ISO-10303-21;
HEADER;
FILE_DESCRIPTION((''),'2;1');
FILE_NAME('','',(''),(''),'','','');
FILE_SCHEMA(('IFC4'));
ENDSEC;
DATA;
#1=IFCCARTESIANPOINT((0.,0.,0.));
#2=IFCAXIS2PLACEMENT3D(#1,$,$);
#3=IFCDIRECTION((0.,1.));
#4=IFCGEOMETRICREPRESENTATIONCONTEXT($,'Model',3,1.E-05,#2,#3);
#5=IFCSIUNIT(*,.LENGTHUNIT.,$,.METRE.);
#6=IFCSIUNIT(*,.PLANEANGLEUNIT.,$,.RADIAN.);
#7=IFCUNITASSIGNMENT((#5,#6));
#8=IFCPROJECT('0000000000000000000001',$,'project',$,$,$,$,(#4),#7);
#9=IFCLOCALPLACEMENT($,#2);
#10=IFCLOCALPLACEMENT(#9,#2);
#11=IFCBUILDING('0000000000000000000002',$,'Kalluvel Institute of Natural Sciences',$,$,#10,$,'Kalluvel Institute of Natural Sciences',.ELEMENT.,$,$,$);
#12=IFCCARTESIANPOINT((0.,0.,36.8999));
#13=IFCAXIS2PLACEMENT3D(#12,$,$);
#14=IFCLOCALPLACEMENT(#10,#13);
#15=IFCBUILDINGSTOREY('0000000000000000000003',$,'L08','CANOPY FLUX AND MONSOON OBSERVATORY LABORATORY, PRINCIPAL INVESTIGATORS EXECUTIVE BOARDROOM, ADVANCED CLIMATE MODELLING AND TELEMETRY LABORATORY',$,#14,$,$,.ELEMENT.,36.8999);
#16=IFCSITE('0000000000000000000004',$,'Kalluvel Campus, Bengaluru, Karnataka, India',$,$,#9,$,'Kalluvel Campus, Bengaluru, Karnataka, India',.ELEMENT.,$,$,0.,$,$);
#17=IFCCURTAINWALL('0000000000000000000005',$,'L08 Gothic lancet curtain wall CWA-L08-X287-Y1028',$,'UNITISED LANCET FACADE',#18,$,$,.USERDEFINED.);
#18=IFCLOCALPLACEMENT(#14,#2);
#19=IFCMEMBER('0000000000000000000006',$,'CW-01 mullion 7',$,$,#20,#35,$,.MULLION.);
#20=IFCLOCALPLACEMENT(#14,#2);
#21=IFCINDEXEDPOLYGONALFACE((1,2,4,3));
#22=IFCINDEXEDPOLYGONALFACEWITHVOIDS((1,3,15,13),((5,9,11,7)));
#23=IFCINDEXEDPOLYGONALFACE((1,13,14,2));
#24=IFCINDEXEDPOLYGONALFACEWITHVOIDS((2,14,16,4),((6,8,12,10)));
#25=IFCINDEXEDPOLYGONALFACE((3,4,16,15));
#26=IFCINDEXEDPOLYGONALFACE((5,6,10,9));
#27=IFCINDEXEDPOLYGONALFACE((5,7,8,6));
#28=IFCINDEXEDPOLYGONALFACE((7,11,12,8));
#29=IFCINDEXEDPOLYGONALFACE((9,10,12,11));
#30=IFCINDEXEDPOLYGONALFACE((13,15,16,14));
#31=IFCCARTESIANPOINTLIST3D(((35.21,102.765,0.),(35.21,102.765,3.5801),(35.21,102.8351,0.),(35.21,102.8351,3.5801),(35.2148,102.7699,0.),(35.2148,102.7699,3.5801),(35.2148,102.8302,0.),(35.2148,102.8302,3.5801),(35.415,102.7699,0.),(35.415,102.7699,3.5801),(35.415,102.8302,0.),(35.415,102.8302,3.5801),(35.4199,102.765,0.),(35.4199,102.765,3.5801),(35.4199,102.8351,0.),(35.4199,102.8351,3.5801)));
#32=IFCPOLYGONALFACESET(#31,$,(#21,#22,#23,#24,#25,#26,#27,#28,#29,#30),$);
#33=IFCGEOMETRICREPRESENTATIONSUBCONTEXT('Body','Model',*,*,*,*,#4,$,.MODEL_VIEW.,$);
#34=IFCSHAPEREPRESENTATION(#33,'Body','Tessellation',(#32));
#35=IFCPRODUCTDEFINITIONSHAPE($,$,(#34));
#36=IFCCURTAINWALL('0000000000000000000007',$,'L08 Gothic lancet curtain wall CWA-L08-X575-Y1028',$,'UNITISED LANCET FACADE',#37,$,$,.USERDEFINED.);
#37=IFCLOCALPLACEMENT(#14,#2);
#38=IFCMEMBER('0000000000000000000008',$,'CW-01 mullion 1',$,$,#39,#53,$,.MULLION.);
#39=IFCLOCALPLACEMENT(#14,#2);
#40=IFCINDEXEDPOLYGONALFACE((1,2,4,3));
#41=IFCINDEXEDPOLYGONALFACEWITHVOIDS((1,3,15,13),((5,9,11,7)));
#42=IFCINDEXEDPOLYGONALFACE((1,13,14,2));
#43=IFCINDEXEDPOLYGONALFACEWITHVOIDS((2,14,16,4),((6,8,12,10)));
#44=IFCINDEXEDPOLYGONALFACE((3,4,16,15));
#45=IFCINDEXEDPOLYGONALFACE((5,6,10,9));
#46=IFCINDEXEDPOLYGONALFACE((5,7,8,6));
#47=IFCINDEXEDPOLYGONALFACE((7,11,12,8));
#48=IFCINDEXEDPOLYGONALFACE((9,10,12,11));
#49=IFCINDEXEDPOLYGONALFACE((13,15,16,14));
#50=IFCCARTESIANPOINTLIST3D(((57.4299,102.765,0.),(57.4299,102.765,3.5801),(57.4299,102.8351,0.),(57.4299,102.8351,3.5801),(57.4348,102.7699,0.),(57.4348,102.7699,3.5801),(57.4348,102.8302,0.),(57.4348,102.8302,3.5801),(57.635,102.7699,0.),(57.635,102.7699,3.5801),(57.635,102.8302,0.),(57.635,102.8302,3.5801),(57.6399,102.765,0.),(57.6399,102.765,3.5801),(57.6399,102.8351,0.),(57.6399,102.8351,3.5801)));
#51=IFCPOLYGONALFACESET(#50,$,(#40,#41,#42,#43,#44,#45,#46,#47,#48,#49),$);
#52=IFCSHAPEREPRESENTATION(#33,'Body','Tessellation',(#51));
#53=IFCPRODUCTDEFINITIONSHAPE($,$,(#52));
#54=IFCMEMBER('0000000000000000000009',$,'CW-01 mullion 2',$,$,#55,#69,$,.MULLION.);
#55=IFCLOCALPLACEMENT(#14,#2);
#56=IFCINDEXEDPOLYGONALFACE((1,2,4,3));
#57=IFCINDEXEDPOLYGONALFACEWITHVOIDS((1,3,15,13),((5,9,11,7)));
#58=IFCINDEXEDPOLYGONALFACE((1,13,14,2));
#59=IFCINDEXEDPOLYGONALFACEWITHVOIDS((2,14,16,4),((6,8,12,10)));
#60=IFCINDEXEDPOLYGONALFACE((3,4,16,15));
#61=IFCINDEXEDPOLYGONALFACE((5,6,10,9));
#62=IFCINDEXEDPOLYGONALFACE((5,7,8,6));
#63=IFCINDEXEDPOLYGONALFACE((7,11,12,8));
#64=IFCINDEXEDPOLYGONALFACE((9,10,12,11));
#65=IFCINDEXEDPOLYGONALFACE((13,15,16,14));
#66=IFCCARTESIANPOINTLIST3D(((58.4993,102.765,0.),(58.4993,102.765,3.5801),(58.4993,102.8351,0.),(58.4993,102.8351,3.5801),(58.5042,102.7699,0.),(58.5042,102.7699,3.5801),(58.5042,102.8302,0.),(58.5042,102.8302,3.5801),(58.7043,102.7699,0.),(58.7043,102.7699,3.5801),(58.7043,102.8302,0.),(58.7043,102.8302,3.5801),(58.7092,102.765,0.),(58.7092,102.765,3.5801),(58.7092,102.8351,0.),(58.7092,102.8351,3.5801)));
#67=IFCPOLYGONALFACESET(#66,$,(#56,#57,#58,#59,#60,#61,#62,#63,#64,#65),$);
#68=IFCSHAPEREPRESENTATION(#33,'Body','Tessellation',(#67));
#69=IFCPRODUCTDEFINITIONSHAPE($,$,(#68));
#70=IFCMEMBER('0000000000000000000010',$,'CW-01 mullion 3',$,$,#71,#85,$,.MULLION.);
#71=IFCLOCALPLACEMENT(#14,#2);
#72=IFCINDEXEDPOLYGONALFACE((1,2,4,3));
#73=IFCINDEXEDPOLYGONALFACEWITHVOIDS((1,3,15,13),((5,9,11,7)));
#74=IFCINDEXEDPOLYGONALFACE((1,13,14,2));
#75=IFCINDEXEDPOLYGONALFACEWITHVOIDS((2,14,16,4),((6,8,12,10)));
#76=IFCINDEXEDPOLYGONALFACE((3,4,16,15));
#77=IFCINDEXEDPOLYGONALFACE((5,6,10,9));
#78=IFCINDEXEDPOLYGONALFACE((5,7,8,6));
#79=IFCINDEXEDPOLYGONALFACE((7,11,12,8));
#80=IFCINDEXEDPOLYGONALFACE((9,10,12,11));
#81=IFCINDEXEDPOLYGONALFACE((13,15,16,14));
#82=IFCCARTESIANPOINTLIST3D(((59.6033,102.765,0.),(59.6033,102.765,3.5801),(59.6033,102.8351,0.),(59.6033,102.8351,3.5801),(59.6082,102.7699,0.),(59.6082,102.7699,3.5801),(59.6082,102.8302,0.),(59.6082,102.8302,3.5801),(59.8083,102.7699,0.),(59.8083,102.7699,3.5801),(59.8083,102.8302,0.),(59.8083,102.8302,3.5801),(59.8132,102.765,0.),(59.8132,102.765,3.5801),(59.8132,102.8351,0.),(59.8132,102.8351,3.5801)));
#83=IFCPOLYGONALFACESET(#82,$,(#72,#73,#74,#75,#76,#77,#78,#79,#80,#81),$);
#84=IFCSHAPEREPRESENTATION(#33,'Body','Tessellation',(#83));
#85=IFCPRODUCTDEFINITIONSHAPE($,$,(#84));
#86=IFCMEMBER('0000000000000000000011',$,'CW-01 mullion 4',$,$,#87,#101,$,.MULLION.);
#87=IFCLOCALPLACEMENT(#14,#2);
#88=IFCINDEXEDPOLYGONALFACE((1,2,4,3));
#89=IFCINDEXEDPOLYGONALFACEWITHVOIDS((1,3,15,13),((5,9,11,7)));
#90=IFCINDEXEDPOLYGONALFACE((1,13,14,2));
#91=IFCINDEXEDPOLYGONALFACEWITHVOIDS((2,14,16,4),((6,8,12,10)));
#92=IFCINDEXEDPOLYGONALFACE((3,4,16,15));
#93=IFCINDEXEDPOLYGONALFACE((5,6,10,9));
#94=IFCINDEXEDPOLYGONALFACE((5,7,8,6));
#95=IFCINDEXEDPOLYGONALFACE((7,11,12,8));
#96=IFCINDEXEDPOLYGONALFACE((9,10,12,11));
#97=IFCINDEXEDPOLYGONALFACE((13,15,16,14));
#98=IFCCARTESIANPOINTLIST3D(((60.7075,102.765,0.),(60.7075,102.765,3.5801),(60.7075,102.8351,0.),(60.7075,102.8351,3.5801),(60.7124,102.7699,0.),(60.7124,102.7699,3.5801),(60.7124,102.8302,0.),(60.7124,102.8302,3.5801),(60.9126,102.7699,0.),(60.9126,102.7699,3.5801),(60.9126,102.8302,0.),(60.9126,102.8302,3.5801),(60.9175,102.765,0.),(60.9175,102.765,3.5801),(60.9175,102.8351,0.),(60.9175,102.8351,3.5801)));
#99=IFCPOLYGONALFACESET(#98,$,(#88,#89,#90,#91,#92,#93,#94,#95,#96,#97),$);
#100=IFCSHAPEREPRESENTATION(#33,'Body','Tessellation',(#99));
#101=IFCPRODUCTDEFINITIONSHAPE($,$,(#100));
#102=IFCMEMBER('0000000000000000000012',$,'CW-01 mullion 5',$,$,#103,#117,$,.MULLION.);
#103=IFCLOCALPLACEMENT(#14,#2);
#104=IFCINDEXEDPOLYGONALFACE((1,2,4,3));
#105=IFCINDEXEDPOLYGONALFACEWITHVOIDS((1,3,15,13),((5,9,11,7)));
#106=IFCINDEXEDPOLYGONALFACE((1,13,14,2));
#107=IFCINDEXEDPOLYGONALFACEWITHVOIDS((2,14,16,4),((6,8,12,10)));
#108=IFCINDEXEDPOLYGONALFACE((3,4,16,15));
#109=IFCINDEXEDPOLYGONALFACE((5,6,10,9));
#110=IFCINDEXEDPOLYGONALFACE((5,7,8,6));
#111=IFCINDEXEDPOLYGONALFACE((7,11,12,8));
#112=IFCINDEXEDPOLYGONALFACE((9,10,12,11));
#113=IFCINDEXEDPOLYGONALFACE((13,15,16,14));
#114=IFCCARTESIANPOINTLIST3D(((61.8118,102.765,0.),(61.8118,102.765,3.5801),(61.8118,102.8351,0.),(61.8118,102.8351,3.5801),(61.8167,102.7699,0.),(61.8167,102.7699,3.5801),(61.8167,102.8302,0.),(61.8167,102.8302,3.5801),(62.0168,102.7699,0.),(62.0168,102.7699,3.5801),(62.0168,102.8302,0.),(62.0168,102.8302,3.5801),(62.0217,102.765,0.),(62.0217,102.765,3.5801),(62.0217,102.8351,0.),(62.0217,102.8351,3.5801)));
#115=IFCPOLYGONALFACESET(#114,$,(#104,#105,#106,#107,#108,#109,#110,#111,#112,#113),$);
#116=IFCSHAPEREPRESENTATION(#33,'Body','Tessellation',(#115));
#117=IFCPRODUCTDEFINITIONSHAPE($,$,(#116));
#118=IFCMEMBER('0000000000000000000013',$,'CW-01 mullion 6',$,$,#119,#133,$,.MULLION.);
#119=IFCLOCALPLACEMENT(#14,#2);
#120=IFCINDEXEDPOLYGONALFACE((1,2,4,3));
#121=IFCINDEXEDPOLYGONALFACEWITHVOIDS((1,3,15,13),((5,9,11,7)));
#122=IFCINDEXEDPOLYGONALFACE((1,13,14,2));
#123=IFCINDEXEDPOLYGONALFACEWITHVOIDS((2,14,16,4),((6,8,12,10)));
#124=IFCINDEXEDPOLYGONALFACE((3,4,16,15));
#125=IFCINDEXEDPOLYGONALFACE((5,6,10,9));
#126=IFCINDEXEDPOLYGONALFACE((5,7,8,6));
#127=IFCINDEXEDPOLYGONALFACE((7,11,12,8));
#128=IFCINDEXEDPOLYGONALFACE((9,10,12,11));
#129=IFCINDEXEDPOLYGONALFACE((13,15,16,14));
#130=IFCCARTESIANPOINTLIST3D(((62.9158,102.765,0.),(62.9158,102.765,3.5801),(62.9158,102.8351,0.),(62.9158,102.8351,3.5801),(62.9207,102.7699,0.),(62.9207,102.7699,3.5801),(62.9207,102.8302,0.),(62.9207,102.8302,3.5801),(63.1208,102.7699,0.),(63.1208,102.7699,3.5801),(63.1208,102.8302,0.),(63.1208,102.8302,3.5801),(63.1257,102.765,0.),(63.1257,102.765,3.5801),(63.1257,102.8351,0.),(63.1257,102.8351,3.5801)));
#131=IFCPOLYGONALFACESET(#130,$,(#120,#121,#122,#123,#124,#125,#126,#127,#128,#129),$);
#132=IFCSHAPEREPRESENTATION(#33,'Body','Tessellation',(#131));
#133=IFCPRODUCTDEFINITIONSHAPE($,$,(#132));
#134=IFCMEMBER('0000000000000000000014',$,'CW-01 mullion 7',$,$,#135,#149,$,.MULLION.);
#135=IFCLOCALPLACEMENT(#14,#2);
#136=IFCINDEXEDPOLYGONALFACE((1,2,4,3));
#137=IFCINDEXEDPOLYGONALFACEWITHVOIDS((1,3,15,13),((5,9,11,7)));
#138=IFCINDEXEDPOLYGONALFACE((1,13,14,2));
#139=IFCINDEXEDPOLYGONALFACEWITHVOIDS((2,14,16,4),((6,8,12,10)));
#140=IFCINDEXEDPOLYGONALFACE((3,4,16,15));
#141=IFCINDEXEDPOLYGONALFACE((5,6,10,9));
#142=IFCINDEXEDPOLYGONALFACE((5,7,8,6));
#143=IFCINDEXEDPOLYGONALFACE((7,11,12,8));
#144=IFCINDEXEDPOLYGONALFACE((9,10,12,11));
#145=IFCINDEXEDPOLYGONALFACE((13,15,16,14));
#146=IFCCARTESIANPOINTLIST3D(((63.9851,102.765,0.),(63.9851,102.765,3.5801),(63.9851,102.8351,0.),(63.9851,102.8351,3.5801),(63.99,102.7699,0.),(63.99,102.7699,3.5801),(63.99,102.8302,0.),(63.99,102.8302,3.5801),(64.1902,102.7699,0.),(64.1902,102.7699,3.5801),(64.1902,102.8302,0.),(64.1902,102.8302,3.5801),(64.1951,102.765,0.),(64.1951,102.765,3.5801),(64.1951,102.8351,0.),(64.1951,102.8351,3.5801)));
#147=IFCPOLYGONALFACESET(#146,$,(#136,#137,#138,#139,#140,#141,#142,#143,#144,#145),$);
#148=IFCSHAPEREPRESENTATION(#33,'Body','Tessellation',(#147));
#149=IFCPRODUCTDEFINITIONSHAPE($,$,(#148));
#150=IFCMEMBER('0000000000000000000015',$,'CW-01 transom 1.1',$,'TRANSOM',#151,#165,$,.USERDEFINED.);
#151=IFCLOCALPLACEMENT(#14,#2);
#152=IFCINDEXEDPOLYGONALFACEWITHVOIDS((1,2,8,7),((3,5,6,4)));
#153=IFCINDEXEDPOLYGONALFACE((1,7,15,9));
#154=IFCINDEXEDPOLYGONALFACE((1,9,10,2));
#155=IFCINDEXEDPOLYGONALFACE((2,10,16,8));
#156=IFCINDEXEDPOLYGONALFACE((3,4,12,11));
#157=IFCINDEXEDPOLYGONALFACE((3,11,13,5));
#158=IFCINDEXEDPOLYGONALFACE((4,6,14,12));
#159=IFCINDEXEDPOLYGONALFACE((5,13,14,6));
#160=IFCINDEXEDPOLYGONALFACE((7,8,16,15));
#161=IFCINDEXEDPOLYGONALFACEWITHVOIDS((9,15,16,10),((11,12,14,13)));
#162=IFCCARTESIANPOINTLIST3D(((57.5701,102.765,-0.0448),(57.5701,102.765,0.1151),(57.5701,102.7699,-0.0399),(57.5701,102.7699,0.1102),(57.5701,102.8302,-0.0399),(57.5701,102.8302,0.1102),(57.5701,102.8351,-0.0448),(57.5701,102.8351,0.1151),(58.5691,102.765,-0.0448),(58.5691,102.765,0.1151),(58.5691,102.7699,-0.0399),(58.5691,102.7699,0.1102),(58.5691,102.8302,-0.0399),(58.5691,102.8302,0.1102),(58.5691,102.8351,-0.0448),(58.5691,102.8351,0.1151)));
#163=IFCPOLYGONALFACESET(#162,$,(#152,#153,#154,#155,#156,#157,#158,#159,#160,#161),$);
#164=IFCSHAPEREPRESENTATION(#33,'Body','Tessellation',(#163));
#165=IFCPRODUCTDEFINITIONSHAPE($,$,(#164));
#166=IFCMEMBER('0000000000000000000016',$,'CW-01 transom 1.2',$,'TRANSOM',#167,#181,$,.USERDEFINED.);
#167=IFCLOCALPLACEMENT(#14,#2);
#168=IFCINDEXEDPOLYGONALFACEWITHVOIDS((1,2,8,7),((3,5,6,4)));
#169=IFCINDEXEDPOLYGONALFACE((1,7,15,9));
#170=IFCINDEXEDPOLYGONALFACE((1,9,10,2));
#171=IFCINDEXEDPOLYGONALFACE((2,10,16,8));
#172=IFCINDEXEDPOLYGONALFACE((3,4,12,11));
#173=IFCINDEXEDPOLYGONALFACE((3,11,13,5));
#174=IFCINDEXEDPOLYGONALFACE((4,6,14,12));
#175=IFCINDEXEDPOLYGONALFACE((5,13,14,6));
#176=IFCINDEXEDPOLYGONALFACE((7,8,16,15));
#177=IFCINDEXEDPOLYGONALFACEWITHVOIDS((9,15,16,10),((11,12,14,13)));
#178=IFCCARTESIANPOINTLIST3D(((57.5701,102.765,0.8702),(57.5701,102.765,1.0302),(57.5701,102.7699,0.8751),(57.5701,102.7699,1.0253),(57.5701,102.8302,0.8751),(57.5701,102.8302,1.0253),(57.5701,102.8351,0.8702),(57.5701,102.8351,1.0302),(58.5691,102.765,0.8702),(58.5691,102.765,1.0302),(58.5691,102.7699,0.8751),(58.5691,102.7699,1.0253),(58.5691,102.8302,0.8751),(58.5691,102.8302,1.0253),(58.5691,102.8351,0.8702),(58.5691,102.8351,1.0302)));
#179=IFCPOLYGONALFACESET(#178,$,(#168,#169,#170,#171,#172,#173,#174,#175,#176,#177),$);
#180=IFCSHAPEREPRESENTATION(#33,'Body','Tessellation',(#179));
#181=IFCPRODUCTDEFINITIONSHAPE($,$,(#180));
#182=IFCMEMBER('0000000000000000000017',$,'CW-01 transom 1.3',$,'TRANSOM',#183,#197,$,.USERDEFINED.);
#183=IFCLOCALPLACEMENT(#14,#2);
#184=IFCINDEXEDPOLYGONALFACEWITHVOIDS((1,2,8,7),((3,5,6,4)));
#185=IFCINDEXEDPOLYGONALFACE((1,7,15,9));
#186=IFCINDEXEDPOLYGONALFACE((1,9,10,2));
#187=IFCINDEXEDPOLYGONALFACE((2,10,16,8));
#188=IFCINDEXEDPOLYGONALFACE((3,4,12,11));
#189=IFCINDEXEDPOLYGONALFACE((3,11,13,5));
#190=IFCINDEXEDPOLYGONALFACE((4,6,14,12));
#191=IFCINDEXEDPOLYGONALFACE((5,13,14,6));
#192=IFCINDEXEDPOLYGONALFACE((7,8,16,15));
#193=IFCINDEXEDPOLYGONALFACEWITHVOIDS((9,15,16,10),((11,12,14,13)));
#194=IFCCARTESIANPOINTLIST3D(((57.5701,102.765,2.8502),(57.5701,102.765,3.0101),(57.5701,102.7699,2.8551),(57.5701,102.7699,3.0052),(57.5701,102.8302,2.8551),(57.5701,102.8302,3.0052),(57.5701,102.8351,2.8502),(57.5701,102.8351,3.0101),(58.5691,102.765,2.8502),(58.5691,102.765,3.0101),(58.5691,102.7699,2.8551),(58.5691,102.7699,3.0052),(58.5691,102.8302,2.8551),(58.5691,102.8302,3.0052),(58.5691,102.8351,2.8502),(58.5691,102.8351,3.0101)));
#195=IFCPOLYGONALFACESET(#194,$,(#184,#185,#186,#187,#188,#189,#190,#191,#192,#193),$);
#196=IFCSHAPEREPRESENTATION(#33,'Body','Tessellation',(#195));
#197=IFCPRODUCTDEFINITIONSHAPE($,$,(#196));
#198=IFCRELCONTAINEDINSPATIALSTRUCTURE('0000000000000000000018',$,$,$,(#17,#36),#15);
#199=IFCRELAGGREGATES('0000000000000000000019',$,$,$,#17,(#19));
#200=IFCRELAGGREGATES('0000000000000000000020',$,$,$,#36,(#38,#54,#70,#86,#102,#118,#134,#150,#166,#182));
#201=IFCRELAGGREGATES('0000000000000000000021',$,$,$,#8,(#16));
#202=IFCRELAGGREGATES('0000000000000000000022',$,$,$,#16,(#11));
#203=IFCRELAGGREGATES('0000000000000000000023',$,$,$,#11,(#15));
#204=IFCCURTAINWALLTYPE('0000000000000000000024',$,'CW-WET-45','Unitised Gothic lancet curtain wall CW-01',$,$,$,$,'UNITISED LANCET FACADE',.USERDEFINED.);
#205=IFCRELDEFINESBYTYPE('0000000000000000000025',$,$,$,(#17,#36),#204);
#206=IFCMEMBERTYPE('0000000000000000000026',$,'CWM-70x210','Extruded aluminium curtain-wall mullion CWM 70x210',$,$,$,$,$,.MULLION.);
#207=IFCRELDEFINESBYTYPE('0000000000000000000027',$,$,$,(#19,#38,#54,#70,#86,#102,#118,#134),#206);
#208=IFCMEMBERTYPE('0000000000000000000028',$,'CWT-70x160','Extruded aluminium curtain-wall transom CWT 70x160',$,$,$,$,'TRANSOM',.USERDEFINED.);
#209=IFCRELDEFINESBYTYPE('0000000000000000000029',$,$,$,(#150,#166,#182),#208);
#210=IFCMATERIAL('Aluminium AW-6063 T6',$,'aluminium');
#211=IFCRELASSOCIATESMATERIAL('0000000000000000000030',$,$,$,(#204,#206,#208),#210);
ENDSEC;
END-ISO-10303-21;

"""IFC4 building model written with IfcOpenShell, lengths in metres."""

from ifc_helpers import new_model, si_unit, direction, frame, origin, origin_2d, place, context, subcontext, project, spatial, hollow_rectangle, extrude, material, material_profile, profile_set, type_object, element, aggregate, save


model = new_model("IFC4")

# Units and contexts
model_context = context("Model", 3, precision=1e-05, world=origin(), true_north=direction((0.0, 1.0)))
body_context = subcontext(model_context, "Body", "Model", "MODEL_VIEW")
ifc_project = project(units=[si_unit("LENGTHUNIT", "METRE"), si_unit("PLANEANGLEUNIT", "RADIAN")], contexts=[model_context])

# Site, building, storey
site_placement = place(None, origin())
site = spatial("IfcSite", under=ifc_project, at=site_placement, Name="Kalluvel Campus, Bengaluru, Karnataka, India", LongName="Kalluvel Campus, Bengaluru, Karnataka, India", CompositionType="ELEMENT", RefElevation=0.0)
building_placement = place(site_placement, origin())
building = spatial("IfcBuilding", under=site, at=building_placement, Name="Kalluvel Institute of Natural Sciences", LongName="Kalluvel Institute of Natural Sciences", CompositionType="ELEMENT")
storey_placement = place(building_placement, frame((0.0, 0.0, 36.8999)))
storey = spatial("IfcBuildingStorey", under=building, at=storey_placement, Name="L08", Description="CANOPY FLUX AND MONSOON OBSERVATORY LABORATORY, PRINCIPAL INVESTIGATORS EXECUTIVE BOARDROOM, ADVANCED CLIMATE MODELLING AND TELEMETRY LABORATORY", CompositionType="ELEMENT", Elevation=36.8999)

# Curtain wall, member
ifc_material_1 = material(Name="Aluminium AW-6063 T6", Category="aluminium")
curtain_wall_type = type_object("IfcCurtainWallType", Name="CW-WET-45", Description="Unitised Gothic lancet curtain wall CW-01", ElementType="UNITISED LANCET FACADE", PredefinedType="USERDEFINED", material=ifc_material_1)
curtain_wall_1_placement = place(storey_placement, origin())
curtain_wall_1 = element("IfcCurtainWall", 1, at=curtain_wall_1_placement, inside=storey, type_object=curtain_wall_type, Name="L08 Gothic lancet curtain wall CWA-L08-X287-Y1028", ObjectType="UNITISED LANCET FACADE", PredefinedType="USERDEFINED")
ifc_material_profile_1 = material_profile(ifc_material_1, hollow_rectangle(XDim=0.0701, YDim=0.21, WallThickness=0.0049, at=origin_2d()), Name="CWM 70x210")
ifc_profile_set_1 = profile_set([ifc_material_profile_1], Name="Aluminium AW-6063 T6")
member_type_1 = type_object("IfcMemberType", Name="CWM-70x210", Description="Extruded aluminium curtain-wall mullion CWM 70x210", PredefinedType="MULLION", material=ifc_profile_set_1)
member_1_placement = place(storey_placement, frame((35.3149, 102.8, 0.0), z_axis=(0.0, 0.0, 1.0), x_axis=(0.0, 1.0, 0.0)))
member_1 = element("IfcMember", 2, at=member_1_placement, type_object=member_type_1, Name="CW-01 mullion 7", PredefinedType="MULLION", context=body_context, shape_type="SweptSolid", body=[
    extrude(hollow_rectangle(XDim=0.0701, YDim=0.21, WallThickness=0.0049, at=origin_2d()), origin(), (0.0, 0.0, 1.0), 3.5801),
])

# Curtain wall, members
curtain_wall_2_placement = place(storey_placement, origin())
curtain_wall_2 = element("IfcCurtainWall", 3, at=curtain_wall_2_placement, inside=storey, type_object=curtain_wall_type, Name="L08 Gothic lancet curtain wall CWA-L08-X575-Y1028", ObjectType="UNITISED LANCET FACADE", PredefinedType="USERDEFINED")
member_2_placement = place(storey_placement, frame((57.5349, 102.8, 0.0), z_axis=(0.0, 0.0, 1.0), x_axis=(0.0, 1.0, 0.0)))
member_2 = element("IfcMember", 4, at=member_2_placement, type_object=member_type_1, Name="CW-01 mullion 1", PredefinedType="MULLION", context=body_context, shape_type="SweptSolid", body=[
    extrude(hollow_rectangle(XDim=0.0701, YDim=0.21, WallThickness=0.0049, at=origin_2d()), origin(), (0.0, 0.0, 1.0), 3.5801),
])
member_3_placement = place(storey_placement, frame((58.6042, 102.8, 0.0), z_axis=(0.0, 0.0, 1.0), x_axis=(0.0, 1.0, 0.0)))
member_3 = element("IfcMember", 5, at=member_3_placement, type_object=member_type_1, Name="CW-01 mullion 2", PredefinedType="MULLION", context=body_context, shape_type="SweptSolid", body=[
    extrude(hollow_rectangle(XDim=0.0701, YDim=0.21, WallThickness=0.0049, at=origin_2d()), origin(), (0.0, 0.0, 1.0), 3.5801),
])
member_4_placement = place(storey_placement, frame((59.7083, 102.8, 0.0), z_axis=(0.0, 0.0, 1.0), x_axis=(0.0, 1.0, 0.0)))
member_4 = element("IfcMember", 6, at=member_4_placement, type_object=member_type_1, Name="CW-01 mullion 3", PredefinedType="MULLION", context=body_context, shape_type="SweptSolid", body=[
    extrude(hollow_rectangle(XDim=0.0701, YDim=0.21, WallThickness=0.0049, at=origin_2d()), origin(), (0.0, 0.0, 1.0), 3.5801),
])
member_5_placement = place(storey_placement, frame((60.8125, 102.8, 0.0), z_axis=(0.0, 0.0, 1.0), x_axis=(0.0, 1.0, 0.0)))
member_5 = element("IfcMember", 7, at=member_5_placement, type_object=member_type_1, Name="CW-01 mullion 4", PredefinedType="MULLION", context=body_context, shape_type="SweptSolid", body=[
    extrude(hollow_rectangle(XDim=0.0701, YDim=0.21, WallThickness=0.0049, at=origin_2d()), origin(), (0.0, 0.0, 1.0), 3.5801),
])
member_6_placement = place(storey_placement, frame((61.9167, 102.8, 0.0), z_axis=(0.0, 0.0, 1.0), x_axis=(0.0, 1.0, 0.0)))
member_6 = element("IfcMember", 8, at=member_6_placement, type_object=member_type_1, Name="CW-01 mullion 5", PredefinedType="MULLION", context=body_context, shape_type="SweptSolid", body=[
    extrude(hollow_rectangle(XDim=0.0701, YDim=0.21, WallThickness=0.0049, at=origin_2d()), origin(), (0.0, 0.0, 1.0), 3.5801),
])
member_7_placement = place(storey_placement, frame((63.0208, 102.8, 0.0), z_axis=(0.0, 0.0, 1.0), x_axis=(0.0, 1.0, 0.0)))
member_7 = element("IfcMember", 9, at=member_7_placement, type_object=member_type_1, Name="CW-01 mullion 6", PredefinedType="MULLION", context=body_context, shape_type="SweptSolid", body=[
    extrude(hollow_rectangle(XDim=0.0701, YDim=0.21, WallThickness=0.0049, at=origin_2d()), origin(), (0.0, 0.0, 1.0), 3.5801),
])
member_8_placement = place(storey_placement, frame((64.0901, 102.8, 0.0), z_axis=(0.0, 0.0, 1.0), x_axis=(0.0, 1.0, 0.0)))
member_8 = element("IfcMember", 10, at=member_8_placement, type_object=member_type_1, Name="CW-01 mullion 7", PredefinedType="MULLION", context=body_context, shape_type="SweptSolid", body=[
    extrude(hollow_rectangle(XDim=0.0701, YDim=0.21, WallThickness=0.0049, at=origin_2d()), origin(), (0.0, 0.0, 1.0), 3.5801),
])
ifc_material_profile_2 = material_profile(ifc_material_1, hollow_rectangle(XDim=0.0701, YDim=0.1599, WallThickness=0.0049, at=origin_2d()), Name="CWT 70x160")
ifc_profile_set_2 = profile_set([ifc_material_profile_2], Name="Aluminium AW-6063 T6")
member_type_2 = type_object("IfcMemberType", Name="CWT-70x160", Description="Extruded aluminium curtain-wall transom CWT 70x160", ElementType="TRANSOM", PredefinedType="USERDEFINED", material=ifc_profile_set_2)
member_9_placement = place(storey_placement, frame((57.5701, 102.8, 0.0352), z_axis=(1.0, 0.0, 0.0), x_axis=(0.0, 1.0, 0.0)))
member_9 = element("IfcMember", 11, at=member_9_placement, type_object=member_type_2, Name="CW-01 transom 1.1", ObjectType="TRANSOM", PredefinedType="USERDEFINED", context=body_context, shape_type="SweptSolid", body=[
    extrude(hollow_rectangle(XDim=0.0701, YDim=0.1599, WallThickness=0.0049, at=origin_2d()), origin(), (0.0, 0.0, 1.0), 0.999),
])
member_10_placement = place(storey_placement, frame((57.5701, 102.8, 0.9502), z_axis=(1.0, 0.0, 0.0), x_axis=(0.0, 1.0, 0.0)))
member_10 = element("IfcMember", 12, at=member_10_placement, type_object=member_type_2, Name="CW-01 transom 1.2", ObjectType="TRANSOM", PredefinedType="USERDEFINED", context=body_context, shape_type="SweptSolid", body=[
    extrude(hollow_rectangle(XDim=0.0701, YDim=0.1599, WallThickness=0.0049, at=origin_2d()), origin(), (0.0, 0.0, 1.0), 0.999),
])
member_11_placement = place(storey_placement, frame((57.5701, 102.8, 2.9302), z_axis=(1.0, 0.0, 0.0), x_axis=(0.0, 1.0, 0.0)))
member_11 = element("IfcMember", 13, at=member_11_placement, type_object=member_type_2, Name="CW-01 transom 1.3", ObjectType="TRANSOM", PredefinedType="USERDEFINED", context=body_context, shape_type="SweptSolid", body=[
    extrude(hollow_rectangle(XDim=0.0701, YDim=0.1599, WallThickness=0.0049, at=origin_2d()), origin(), (0.0, 0.0, 1.0), 0.999),
])

aggregate(curtain_wall_1, [member_1])
aggregate(curtain_wall_2, [member_2, member_3, member_4, member_5, member_6, member_7, member_8, member_9, member_10, member_11])

save(model, "model.ifc")
